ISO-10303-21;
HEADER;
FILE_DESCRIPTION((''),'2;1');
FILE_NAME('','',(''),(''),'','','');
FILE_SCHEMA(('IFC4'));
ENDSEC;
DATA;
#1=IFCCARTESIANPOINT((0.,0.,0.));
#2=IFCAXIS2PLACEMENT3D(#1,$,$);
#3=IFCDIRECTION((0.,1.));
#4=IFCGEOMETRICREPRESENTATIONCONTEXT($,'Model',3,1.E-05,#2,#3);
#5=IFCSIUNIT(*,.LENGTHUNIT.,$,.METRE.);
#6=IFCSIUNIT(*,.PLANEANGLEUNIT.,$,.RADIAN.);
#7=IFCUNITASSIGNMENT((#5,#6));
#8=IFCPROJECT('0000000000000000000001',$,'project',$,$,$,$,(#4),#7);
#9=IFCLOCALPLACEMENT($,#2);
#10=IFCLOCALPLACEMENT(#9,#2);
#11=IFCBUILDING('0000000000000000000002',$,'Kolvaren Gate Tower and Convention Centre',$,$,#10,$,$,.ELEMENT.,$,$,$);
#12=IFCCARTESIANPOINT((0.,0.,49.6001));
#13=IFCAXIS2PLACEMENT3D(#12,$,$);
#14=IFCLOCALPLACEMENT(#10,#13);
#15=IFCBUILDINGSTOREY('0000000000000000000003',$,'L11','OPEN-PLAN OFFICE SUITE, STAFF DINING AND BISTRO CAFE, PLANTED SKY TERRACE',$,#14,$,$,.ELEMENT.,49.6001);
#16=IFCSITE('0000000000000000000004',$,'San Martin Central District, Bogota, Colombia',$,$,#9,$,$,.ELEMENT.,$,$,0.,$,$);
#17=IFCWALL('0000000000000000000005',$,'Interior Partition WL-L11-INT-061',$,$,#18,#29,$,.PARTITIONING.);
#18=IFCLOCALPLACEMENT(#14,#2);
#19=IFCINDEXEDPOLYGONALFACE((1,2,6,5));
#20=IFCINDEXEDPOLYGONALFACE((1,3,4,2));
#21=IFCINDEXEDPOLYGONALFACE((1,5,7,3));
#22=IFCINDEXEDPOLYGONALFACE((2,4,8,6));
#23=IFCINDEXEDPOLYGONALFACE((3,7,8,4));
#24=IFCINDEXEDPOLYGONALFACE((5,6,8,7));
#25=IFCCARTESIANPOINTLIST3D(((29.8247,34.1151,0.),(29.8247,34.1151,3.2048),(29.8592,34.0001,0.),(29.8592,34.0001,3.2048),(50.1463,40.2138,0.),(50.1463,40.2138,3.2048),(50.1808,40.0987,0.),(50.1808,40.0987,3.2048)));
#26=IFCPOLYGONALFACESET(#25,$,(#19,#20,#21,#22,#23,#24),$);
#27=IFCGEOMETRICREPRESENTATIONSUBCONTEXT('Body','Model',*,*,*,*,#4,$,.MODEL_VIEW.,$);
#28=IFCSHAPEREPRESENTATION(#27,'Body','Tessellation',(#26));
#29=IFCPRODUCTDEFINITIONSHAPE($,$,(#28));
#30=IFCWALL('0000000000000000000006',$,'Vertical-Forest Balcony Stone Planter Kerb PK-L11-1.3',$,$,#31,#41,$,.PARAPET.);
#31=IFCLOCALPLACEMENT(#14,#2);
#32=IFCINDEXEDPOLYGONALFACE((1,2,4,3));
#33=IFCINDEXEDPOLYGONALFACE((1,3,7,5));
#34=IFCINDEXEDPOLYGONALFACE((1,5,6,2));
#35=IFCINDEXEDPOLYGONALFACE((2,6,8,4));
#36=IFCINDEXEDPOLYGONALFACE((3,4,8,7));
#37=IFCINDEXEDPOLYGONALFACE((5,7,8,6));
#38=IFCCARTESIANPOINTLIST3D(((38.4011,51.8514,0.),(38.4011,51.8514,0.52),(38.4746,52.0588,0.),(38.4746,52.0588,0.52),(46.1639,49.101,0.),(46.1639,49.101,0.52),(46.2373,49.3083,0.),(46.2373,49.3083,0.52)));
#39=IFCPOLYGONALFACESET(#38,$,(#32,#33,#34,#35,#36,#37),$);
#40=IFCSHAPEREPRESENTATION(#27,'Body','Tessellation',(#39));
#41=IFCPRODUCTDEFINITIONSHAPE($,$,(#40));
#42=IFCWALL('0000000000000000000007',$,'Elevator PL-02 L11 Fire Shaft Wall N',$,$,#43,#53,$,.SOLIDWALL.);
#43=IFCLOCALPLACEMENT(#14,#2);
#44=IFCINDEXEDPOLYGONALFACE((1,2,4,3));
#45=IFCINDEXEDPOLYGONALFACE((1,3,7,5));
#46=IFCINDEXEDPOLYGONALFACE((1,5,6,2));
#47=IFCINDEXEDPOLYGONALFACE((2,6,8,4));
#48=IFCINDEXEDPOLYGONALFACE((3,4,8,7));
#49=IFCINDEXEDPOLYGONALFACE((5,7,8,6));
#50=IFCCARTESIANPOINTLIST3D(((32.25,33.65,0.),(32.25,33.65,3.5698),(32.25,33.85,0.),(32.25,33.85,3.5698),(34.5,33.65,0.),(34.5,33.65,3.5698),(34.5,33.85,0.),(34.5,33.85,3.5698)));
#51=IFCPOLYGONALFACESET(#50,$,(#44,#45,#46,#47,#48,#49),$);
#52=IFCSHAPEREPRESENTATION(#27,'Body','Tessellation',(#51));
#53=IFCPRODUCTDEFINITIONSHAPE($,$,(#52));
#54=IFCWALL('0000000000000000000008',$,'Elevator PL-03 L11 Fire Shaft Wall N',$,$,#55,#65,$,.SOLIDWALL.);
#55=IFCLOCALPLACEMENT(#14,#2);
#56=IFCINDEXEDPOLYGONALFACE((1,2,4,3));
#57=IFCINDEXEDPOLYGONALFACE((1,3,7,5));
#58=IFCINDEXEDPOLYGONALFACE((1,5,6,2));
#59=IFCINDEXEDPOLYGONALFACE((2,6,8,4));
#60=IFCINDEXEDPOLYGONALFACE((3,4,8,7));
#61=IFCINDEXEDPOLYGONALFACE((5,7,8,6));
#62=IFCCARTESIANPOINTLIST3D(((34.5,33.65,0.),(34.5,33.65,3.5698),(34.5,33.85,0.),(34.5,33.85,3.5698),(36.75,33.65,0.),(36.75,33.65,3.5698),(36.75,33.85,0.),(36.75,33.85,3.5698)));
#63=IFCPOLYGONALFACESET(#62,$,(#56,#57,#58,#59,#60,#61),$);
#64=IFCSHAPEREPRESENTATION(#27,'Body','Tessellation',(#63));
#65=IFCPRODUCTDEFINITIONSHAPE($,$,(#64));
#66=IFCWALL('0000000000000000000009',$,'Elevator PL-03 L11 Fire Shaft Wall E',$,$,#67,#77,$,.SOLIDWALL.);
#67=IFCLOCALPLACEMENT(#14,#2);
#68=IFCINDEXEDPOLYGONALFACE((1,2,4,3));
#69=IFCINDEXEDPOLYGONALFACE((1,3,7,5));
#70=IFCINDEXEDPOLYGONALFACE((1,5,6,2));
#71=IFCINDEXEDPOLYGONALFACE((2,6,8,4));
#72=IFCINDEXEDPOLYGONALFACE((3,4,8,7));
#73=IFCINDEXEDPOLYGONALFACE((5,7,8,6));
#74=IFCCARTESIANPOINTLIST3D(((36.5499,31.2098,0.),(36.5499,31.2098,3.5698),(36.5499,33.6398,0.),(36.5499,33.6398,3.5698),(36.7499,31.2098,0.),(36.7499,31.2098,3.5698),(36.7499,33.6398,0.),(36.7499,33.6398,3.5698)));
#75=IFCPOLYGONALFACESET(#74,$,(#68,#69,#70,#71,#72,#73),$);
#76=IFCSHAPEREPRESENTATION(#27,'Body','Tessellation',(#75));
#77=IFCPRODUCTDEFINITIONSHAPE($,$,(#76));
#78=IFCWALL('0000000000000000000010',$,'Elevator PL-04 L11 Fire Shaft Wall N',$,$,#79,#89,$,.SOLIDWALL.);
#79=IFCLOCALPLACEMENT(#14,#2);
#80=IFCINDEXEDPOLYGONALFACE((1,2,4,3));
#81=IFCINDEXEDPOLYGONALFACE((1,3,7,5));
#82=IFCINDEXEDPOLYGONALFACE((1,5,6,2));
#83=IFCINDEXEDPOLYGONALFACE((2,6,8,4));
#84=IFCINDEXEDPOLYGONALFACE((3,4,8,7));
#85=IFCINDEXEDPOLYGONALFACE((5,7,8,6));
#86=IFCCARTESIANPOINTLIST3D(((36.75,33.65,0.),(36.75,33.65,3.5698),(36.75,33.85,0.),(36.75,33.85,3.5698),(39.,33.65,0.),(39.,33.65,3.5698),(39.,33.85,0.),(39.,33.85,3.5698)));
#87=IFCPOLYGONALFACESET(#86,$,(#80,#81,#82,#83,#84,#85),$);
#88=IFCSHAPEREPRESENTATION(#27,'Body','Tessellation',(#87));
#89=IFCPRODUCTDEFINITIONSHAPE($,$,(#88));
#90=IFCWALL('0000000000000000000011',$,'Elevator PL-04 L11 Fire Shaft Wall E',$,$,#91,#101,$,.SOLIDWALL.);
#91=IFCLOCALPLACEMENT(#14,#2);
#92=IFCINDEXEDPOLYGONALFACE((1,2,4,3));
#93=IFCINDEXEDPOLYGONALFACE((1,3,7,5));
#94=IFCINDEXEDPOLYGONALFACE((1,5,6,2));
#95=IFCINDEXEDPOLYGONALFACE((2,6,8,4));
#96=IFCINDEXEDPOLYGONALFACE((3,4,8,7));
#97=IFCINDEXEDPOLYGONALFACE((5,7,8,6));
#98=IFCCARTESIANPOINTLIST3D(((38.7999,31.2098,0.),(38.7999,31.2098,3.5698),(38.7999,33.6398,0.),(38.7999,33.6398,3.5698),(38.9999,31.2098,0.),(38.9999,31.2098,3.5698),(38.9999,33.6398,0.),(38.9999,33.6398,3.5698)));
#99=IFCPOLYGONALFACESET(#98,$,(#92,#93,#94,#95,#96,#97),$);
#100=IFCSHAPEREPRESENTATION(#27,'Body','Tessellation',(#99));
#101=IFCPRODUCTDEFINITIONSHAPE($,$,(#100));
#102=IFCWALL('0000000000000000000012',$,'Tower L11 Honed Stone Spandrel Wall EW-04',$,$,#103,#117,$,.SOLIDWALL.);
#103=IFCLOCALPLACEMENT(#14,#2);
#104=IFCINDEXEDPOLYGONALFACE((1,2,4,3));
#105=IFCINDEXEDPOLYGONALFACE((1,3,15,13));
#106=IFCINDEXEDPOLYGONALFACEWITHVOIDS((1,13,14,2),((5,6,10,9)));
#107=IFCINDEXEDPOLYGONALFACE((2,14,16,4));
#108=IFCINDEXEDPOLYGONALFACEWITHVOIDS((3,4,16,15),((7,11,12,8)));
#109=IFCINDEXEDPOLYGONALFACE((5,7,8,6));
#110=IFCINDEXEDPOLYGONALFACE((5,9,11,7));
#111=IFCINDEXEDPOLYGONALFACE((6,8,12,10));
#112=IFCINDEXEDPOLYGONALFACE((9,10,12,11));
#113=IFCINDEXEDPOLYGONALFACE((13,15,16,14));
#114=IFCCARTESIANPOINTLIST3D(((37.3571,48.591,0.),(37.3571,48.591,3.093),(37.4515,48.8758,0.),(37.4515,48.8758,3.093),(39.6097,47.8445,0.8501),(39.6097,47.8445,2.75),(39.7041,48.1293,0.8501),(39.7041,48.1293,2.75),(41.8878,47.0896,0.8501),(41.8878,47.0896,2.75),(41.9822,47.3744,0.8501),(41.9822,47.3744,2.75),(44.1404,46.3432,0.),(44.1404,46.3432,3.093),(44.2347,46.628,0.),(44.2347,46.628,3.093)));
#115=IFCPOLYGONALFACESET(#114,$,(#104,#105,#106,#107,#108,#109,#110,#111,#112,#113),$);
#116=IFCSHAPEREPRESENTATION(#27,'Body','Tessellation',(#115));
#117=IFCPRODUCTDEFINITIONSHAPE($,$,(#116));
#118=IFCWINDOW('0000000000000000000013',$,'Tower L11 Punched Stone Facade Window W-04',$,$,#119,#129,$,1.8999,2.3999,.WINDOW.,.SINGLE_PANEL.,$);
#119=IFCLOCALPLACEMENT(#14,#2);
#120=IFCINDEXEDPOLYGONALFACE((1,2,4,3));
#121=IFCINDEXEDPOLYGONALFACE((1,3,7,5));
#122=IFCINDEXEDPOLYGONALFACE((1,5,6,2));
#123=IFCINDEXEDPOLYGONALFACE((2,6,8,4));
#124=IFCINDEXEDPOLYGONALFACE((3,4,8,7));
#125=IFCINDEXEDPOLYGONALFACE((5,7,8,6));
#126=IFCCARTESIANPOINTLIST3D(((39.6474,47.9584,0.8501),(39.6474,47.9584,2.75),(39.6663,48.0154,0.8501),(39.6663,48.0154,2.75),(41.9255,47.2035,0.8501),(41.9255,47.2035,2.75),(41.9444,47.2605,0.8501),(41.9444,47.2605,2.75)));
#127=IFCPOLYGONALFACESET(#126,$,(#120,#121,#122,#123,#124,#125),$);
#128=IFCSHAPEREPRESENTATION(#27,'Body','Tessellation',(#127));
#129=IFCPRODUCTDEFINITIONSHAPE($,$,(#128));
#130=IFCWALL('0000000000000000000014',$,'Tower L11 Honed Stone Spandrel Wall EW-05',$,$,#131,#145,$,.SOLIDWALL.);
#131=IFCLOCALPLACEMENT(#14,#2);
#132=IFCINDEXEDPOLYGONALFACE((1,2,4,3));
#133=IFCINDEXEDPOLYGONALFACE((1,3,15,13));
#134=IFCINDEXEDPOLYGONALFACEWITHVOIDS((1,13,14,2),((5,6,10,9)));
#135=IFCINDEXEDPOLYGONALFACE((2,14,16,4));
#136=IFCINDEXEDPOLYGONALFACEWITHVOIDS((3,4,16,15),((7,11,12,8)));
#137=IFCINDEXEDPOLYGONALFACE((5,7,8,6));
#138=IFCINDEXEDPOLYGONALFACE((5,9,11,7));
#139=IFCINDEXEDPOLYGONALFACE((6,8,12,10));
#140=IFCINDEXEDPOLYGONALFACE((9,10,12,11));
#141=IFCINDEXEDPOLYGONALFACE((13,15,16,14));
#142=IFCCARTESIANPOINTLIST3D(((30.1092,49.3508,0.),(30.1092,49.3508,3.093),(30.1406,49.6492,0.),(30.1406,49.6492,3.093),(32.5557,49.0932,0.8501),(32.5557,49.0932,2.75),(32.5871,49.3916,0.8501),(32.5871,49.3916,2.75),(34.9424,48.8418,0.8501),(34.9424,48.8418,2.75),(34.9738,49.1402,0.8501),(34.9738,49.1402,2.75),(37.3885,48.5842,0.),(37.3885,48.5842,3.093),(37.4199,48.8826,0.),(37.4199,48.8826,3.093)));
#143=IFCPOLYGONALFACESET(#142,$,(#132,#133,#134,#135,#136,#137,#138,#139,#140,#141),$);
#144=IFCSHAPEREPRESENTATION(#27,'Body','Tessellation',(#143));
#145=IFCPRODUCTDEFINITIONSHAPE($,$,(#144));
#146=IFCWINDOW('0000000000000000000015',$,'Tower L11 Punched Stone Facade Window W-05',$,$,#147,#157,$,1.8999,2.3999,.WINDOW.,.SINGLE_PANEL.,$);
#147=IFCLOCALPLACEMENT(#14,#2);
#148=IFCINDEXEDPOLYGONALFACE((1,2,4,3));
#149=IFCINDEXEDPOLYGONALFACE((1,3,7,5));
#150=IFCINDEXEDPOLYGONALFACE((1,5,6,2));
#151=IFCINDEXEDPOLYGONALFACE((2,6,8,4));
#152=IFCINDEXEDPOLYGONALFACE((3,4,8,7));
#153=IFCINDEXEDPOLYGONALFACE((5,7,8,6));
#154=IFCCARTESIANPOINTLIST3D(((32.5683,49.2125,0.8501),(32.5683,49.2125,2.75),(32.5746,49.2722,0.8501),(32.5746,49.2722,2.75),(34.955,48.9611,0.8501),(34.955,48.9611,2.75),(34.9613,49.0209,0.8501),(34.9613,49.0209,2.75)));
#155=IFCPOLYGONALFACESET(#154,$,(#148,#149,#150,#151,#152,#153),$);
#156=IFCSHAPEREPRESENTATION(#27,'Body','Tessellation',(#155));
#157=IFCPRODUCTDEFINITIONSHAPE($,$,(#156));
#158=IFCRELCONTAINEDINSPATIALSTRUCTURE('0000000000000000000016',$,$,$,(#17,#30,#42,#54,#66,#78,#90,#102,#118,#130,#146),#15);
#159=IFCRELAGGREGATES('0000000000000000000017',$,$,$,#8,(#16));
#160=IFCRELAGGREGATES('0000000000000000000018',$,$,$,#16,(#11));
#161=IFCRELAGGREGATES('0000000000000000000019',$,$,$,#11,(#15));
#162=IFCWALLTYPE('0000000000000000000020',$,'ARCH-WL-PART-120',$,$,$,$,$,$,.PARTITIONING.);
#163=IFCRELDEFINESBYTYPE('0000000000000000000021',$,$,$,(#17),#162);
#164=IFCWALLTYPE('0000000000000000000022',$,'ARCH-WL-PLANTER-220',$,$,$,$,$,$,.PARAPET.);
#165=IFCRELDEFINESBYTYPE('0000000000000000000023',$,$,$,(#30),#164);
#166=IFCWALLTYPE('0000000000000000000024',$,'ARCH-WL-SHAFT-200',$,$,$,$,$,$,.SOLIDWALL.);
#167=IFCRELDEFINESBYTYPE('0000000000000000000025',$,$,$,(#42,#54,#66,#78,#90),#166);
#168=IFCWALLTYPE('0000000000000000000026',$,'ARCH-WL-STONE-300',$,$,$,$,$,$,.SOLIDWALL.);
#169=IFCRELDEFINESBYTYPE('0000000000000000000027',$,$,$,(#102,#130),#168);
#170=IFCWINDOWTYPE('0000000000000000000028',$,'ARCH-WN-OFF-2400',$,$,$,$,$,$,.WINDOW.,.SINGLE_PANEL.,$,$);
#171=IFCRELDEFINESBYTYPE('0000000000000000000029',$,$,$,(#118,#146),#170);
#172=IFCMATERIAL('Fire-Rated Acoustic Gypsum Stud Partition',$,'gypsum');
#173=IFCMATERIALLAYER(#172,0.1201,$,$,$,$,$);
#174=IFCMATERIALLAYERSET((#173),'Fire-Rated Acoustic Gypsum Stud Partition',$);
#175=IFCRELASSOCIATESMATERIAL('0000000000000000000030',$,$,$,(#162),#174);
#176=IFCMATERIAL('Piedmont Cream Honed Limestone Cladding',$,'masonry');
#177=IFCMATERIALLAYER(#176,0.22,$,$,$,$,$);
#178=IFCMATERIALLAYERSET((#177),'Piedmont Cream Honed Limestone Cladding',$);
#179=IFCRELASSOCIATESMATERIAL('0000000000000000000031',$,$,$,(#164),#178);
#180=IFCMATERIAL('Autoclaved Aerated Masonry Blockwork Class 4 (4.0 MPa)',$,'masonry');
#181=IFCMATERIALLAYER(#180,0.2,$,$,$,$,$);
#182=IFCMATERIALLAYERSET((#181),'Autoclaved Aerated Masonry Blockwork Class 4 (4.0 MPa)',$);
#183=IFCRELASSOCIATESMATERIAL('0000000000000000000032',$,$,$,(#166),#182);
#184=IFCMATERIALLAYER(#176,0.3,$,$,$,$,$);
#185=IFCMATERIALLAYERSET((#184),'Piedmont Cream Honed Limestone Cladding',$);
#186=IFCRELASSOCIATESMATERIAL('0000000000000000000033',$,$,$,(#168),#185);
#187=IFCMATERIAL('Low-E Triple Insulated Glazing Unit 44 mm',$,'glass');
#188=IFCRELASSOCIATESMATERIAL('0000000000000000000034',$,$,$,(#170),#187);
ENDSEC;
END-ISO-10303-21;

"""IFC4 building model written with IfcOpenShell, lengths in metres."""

from ifc_helpers import new_model, si_unit, direction, frame, frame_2d, origin, place, context, subcontext, project, spatial, rectangle, extrude, material, layer, layer_set, type_object, element, fill, save


model = new_model("IFC4")

# Units and contexts
model_context = context("Model", 3, precision=1e-05, world=origin(), true_north=direction((0.0, 1.0)))
body_context = subcontext(model_context, "Body", "Model", "MODEL_VIEW")
ifc_project = project(units=[si_unit("LENGTHUNIT", "METRE"), si_unit("PLANEANGLEUNIT", "RADIAN")], contexts=[model_context])

# Site, building, storey
site_placement = place(None, origin())
site = spatial("IfcSite", under=ifc_project, at=site_placement, Name="San Martin Central District, Bogota, Colombia", CompositionType="ELEMENT", RefElevation=0.0)
building_placement = place(site_placement, origin())
building = spatial("IfcBuilding", under=site, at=building_placement, Name="Kolvaren Gate Tower and Convention Centre", CompositionType="ELEMENT")
storey_placement = place(building_placement, frame((0.0, 0.0, 49.6001)))
storey = spatial("IfcBuildingStorey", under=building, at=storey_placement, Name="L11", Description="OPEN-PLAN OFFICE SUITE, STAFF DINING AND BISTRO CAFE, PLANTED SKY TERRACE", CompositionType="ELEMENT", Elevation=49.6001)

# Walls
ifc_material_1 = material(Name="Fire-Rated Acoustic Gypsum Stud Partition", Category="gypsum")
ifc_layer_1 = layer(ifc_material_1, 0.1201)
ifc_layer_set_1 = layer_set([ifc_layer_1], Name="Fire-Rated Acoustic Gypsum Stud Partition")
wall_type_1 = type_object("IfcWallType", Name="ARCH-WL-PART-120", PredefinedType="PARTITIONING", material=ifc_layer_set_1)
wall_1_placement = place(storey_placement, frame((29.842, 34.0576, 0.0), z_axis=(0.0, 0.0, 1.0), x_axis=(0.957798, 0.287442, 0.0)))
element("IfcWall", 1, at=wall_1_placement, inside=storey, type_object=wall_type_1, Name="Interior Partition WL-L11-INT-061", PredefinedType="PARTITIONING", context=body_context, shape_type="SweptSolid", body=[
    extrude(rectangle(XDim=21.217, YDim=0.1201, at=frame_2d((10.6084, 0.0))), origin(), (0.0, 0.0, 1.0), 3.2048),
])
ifc_material_2 = material(Name="Piedmont Cream Honed Limestone Cladding", Category="masonry")
ifc_layer_2 = layer(ifc_material_2, 0.22)
ifc_layer_set_2 = layer_set([ifc_layer_2], Name="Piedmont Cream Honed Limestone Cladding")
wall_type_2 = type_object("IfcWallType", Name="ARCH-WL-PLANTER-220", PredefinedType="PARAPET", material=ifc_layer_set_2)
wall_2_placement = place(storey_placement, frame((38.438, 51.9551, 0.0), z_axis=(0.0, 0.0, 1.0), x_axis=(0.942581, -0.333977, 0.0)))
element("IfcWall", 2, at=wall_2_placement, inside=storey, type_object=wall_type_2, Name="Vertical-Forest Balcony Stone Planter Kerb PK-L11-1.3", PredefinedType="PARAPET", context=body_context, shape_type="SweptSolid", body=[
    extrude(rectangle(XDim=8.2356, YDim=0.22, at=frame_2d((4.1177, 0.0))), origin(), (0.0, 0.0, 1.0), 0.52),
])
ifc_material_3 = material(Name="Autoclaved Aerated Masonry Blockwork Class 4 (4.0 MPa)", Category="masonry")
ifc_layer_3 = layer(ifc_material_3, 0.2)
ifc_layer_set_3 = layer_set([ifc_layer_3], Name="Autoclaved Aerated Masonry Blockwork Class 4 (4.0 MPa)")
wall_type_3 = type_object("IfcWallType", Name="ARCH-WL-SHAFT-200", PredefinedType="SOLIDWALL", material=ifc_layer_set_3)
for number, where, z_axis, x_axis, name in (
    (3, (32.25, 33.75, 0.0), (0.0, 0.0, 1.0), (1.0, 0.0, 0.0), "Elevator PL-02 L11 Fire Shaft Wall N"),
    (4, (34.5, 33.75, 0.0), (0.0, 0.0, 1.0), (1.0, 0.0, 0.0), "Elevator PL-03 L11 Fire Shaft Wall N"),
):
    element("IfcWall", number, at=place(storey_placement, frame(where, z_axis=z_axis, x_axis=x_axis)), inside=storey, type_object=wall_type_3, Name=name, PredefinedType="SOLIDWALL", context=body_context, shape_type="SweptSolid", body=[
        extrude(rectangle(XDim=2.25, YDim=0.2, at=frame_2d((1.125, 0.0))), origin(), (0.0, 0.0, 1.0), 3.5698),
    ])
wall_3_placement = place(storey_placement, frame((36.6499, 31.21, 0.0), z_axis=(0.0, 0.0, 1.0), x_axis=(0.0, 1.0, 0.0)))
element("IfcWall", 5, at=wall_3_placement, inside=storey, type_object=wall_type_3, Name="Elevator PL-03 L11 Fire Shaft Wall E", PredefinedType="SOLIDWALL", context=body_context, shape_type="SweptSolid", body=[
    extrude(rectangle(XDim=2.4299, YDim=0.2, at=frame_2d((1.2148, 0.0))), origin(), (0.0, 0.0, 1.0), 3.5698),
])
wall_4_placement = place(storey_placement, frame((36.75, 33.75, 0.0), z_axis=(0.0, 0.0, 1.0), x_axis=(1.0, 0.0, 0.0)))
element("IfcWall", 6, at=wall_4_placement, inside=storey, type_object=wall_type_3, Name="Elevator PL-04 L11 Fire Shaft Wall N", PredefinedType="SOLIDWALL", context=body_context, shape_type="SweptSolid", body=[
    extrude(rectangle(XDim=2.25, YDim=0.2, at=frame_2d((1.125, 0.0))), origin(), (0.0, 0.0, 1.0), 3.5698),
])
wall_5_placement = place(storey_placement, frame((38.8999, 31.21, 0.0), z_axis=(0.0, 0.0, 1.0), x_axis=(0.0, 1.0, 0.0)))
element("IfcWall", 7, at=wall_5_placement, inside=storey, type_object=wall_type_3, Name="Elevator PL-04 L11 Fire Shaft Wall E", PredefinedType="SOLIDWALL", context=body_context, shape_type="SweptSolid", body=[
    extrude(rectangle(XDim=2.4299, YDim=0.2, at=frame_2d((1.2148, 0.0))), origin(), (0.0, 0.0, 1.0), 3.5698),
])

# Walls, openings, windows
ifc_layer_4 = layer(ifc_material_2, 0.3)
ifc_layer_set_4 = layer_set([ifc_layer_4], Name="Piedmont Cream Honed Limestone Cladding")
wall_type_4 = type_object("IfcWallType", Name="ARCH-WL-STONE-300", PredefinedType="SOLIDWALL", material=ifc_layer_set_4)
wall_6_placement = place(storey_placement, frame((37.4043, 48.7334, 0.0), z_axis=(0.0, 0.0, 1.0), x_axis=(0.949239, -0.314557, 0.0)))
wall_6 = element("IfcWall", 8, at=wall_6_placement, inside=storey, type_object=wall_type_4, Name="Tower L11 Honed Stone Spandrel Wall EW-04", PredefinedType="SOLIDWALL", context=body_context, shape_type="SweptSolid", body=[
    extrude(rectangle(XDim=7.146, YDim=0.3, at=frame_2d((3.573, 0.0))), origin(), (0.0, 0.0, 1.0), 3.093),
])
opening_1_placement = place(wall_6_placement, frame((2.373, 0.0, 0.8501)))
opening_1 = element("IfcOpeningElement", 9, at=opening_1_placement, cuts=wall_6, PredefinedType="OPENING", context=body_context, shape_type="SweptSolid", body=[
    extrude(rectangle(XDim=2.3999, YDim=1.8999, at=frame_2d((1.2, 0.95))), frame((0.0, 0.1599, 0.0), z_axis=(0.0, -1.0, 0.0), x_axis=(1.0, 0.0, 0.0)), (0.0, 0.0, 1.0), 0.3201),
])
ifc_material_4 = material(Name="Low-E Triple Insulated Glazing Unit 44 mm", Category="glass")
window_type = type_object("IfcWindowType", Name="ARCH-WN-OFF-2400", PartitioningType="SINGLE_PANEL", PredefinedType="WINDOW", material=ifc_material_4)
window_1_placement = place(opening_1_placement, origin())
window_1 = element("IfcWindow", 10, at=window_1_placement, inside=storey, type_object=window_type, Name="Tower L11 Punched Stone Facade Window W-04", OverallHeight=1.8999, OverallWidth=2.3999, PartitioningType="SINGLE_PANEL", PredefinedType="WINDOW", context=body_context, shape_type="SweptSolid", body=[
    extrude(rectangle(XDim=2.3999, YDim=1.8999, at=frame_2d((1.2, 0.95))), frame((0.0, 0.03, 0.0), z_axis=(0.0, -1.0, 0.0), x_axis=(1.0, 0.0, 0.0)), (0.0, 0.0, 1.0), 0.0601),
])
fill(opening_1, window_1)
wall_7_placement = place(storey_placement, frame((30.125, 49.5, 0.0), z_axis=(0.0, 0.0, 1.0), x_axis=(0.9945, -0.104733, 0.0)))
wall_7 = element("IfcWall", 11, at=wall_7_placement, inside=storey, type_object=wall_type_4, Name="Tower L11 Honed Stone Spandrel Wall EW-05", PredefinedType="SOLIDWALL", context=body_context, shape_type="SweptSolid", body=[
    extrude(rectangle(XDim=7.3196, YDim=0.3, at=frame_2d((3.6597, 0.0))), origin(), (0.0, 0.0, 1.0), 3.093),
])
opening_2_placement = place(wall_7_placement, frame((2.46, 0.0, 0.8501)))
opening_2 = element("IfcOpeningElement", 12, at=opening_2_placement, cuts=wall_7, PredefinedType="OPENING", context=body_context, shape_type="SweptSolid", body=[
    extrude(rectangle(XDim=2.3999, YDim=1.8999, at=frame_2d((1.2, 0.95))), frame((0.0, 0.1599, 0.0), z_axis=(0.0, -1.0, 0.0), x_axis=(1.0, 0.0, 0.0)), (0.0, 0.0, 1.0), 0.3201),
])
window_2_placement = place(opening_2_placement, origin())
window_2 = element("IfcWindow", 13, at=window_2_placement, inside=storey, type_object=window_type, Name="Tower L11 Punched Stone Facade Window W-05", OverallHeight=1.8999, OverallWidth=2.3999, PartitioningType="SINGLE_PANEL", PredefinedType="WINDOW", context=body_context, shape_type="SweptSolid", body=[
    extrude(rectangle(XDim=2.3999, YDim=1.8999, at=frame_2d((1.2, 0.95))), frame((0.0, 0.03, 0.0), z_axis=(0.0, -1.0, 0.0), x_axis=(1.0, 0.0, 0.0)), (0.0, 0.0, 1.0), 0.0601),
])
fill(opening_2, window_2)

save(model, "model.ifc")
